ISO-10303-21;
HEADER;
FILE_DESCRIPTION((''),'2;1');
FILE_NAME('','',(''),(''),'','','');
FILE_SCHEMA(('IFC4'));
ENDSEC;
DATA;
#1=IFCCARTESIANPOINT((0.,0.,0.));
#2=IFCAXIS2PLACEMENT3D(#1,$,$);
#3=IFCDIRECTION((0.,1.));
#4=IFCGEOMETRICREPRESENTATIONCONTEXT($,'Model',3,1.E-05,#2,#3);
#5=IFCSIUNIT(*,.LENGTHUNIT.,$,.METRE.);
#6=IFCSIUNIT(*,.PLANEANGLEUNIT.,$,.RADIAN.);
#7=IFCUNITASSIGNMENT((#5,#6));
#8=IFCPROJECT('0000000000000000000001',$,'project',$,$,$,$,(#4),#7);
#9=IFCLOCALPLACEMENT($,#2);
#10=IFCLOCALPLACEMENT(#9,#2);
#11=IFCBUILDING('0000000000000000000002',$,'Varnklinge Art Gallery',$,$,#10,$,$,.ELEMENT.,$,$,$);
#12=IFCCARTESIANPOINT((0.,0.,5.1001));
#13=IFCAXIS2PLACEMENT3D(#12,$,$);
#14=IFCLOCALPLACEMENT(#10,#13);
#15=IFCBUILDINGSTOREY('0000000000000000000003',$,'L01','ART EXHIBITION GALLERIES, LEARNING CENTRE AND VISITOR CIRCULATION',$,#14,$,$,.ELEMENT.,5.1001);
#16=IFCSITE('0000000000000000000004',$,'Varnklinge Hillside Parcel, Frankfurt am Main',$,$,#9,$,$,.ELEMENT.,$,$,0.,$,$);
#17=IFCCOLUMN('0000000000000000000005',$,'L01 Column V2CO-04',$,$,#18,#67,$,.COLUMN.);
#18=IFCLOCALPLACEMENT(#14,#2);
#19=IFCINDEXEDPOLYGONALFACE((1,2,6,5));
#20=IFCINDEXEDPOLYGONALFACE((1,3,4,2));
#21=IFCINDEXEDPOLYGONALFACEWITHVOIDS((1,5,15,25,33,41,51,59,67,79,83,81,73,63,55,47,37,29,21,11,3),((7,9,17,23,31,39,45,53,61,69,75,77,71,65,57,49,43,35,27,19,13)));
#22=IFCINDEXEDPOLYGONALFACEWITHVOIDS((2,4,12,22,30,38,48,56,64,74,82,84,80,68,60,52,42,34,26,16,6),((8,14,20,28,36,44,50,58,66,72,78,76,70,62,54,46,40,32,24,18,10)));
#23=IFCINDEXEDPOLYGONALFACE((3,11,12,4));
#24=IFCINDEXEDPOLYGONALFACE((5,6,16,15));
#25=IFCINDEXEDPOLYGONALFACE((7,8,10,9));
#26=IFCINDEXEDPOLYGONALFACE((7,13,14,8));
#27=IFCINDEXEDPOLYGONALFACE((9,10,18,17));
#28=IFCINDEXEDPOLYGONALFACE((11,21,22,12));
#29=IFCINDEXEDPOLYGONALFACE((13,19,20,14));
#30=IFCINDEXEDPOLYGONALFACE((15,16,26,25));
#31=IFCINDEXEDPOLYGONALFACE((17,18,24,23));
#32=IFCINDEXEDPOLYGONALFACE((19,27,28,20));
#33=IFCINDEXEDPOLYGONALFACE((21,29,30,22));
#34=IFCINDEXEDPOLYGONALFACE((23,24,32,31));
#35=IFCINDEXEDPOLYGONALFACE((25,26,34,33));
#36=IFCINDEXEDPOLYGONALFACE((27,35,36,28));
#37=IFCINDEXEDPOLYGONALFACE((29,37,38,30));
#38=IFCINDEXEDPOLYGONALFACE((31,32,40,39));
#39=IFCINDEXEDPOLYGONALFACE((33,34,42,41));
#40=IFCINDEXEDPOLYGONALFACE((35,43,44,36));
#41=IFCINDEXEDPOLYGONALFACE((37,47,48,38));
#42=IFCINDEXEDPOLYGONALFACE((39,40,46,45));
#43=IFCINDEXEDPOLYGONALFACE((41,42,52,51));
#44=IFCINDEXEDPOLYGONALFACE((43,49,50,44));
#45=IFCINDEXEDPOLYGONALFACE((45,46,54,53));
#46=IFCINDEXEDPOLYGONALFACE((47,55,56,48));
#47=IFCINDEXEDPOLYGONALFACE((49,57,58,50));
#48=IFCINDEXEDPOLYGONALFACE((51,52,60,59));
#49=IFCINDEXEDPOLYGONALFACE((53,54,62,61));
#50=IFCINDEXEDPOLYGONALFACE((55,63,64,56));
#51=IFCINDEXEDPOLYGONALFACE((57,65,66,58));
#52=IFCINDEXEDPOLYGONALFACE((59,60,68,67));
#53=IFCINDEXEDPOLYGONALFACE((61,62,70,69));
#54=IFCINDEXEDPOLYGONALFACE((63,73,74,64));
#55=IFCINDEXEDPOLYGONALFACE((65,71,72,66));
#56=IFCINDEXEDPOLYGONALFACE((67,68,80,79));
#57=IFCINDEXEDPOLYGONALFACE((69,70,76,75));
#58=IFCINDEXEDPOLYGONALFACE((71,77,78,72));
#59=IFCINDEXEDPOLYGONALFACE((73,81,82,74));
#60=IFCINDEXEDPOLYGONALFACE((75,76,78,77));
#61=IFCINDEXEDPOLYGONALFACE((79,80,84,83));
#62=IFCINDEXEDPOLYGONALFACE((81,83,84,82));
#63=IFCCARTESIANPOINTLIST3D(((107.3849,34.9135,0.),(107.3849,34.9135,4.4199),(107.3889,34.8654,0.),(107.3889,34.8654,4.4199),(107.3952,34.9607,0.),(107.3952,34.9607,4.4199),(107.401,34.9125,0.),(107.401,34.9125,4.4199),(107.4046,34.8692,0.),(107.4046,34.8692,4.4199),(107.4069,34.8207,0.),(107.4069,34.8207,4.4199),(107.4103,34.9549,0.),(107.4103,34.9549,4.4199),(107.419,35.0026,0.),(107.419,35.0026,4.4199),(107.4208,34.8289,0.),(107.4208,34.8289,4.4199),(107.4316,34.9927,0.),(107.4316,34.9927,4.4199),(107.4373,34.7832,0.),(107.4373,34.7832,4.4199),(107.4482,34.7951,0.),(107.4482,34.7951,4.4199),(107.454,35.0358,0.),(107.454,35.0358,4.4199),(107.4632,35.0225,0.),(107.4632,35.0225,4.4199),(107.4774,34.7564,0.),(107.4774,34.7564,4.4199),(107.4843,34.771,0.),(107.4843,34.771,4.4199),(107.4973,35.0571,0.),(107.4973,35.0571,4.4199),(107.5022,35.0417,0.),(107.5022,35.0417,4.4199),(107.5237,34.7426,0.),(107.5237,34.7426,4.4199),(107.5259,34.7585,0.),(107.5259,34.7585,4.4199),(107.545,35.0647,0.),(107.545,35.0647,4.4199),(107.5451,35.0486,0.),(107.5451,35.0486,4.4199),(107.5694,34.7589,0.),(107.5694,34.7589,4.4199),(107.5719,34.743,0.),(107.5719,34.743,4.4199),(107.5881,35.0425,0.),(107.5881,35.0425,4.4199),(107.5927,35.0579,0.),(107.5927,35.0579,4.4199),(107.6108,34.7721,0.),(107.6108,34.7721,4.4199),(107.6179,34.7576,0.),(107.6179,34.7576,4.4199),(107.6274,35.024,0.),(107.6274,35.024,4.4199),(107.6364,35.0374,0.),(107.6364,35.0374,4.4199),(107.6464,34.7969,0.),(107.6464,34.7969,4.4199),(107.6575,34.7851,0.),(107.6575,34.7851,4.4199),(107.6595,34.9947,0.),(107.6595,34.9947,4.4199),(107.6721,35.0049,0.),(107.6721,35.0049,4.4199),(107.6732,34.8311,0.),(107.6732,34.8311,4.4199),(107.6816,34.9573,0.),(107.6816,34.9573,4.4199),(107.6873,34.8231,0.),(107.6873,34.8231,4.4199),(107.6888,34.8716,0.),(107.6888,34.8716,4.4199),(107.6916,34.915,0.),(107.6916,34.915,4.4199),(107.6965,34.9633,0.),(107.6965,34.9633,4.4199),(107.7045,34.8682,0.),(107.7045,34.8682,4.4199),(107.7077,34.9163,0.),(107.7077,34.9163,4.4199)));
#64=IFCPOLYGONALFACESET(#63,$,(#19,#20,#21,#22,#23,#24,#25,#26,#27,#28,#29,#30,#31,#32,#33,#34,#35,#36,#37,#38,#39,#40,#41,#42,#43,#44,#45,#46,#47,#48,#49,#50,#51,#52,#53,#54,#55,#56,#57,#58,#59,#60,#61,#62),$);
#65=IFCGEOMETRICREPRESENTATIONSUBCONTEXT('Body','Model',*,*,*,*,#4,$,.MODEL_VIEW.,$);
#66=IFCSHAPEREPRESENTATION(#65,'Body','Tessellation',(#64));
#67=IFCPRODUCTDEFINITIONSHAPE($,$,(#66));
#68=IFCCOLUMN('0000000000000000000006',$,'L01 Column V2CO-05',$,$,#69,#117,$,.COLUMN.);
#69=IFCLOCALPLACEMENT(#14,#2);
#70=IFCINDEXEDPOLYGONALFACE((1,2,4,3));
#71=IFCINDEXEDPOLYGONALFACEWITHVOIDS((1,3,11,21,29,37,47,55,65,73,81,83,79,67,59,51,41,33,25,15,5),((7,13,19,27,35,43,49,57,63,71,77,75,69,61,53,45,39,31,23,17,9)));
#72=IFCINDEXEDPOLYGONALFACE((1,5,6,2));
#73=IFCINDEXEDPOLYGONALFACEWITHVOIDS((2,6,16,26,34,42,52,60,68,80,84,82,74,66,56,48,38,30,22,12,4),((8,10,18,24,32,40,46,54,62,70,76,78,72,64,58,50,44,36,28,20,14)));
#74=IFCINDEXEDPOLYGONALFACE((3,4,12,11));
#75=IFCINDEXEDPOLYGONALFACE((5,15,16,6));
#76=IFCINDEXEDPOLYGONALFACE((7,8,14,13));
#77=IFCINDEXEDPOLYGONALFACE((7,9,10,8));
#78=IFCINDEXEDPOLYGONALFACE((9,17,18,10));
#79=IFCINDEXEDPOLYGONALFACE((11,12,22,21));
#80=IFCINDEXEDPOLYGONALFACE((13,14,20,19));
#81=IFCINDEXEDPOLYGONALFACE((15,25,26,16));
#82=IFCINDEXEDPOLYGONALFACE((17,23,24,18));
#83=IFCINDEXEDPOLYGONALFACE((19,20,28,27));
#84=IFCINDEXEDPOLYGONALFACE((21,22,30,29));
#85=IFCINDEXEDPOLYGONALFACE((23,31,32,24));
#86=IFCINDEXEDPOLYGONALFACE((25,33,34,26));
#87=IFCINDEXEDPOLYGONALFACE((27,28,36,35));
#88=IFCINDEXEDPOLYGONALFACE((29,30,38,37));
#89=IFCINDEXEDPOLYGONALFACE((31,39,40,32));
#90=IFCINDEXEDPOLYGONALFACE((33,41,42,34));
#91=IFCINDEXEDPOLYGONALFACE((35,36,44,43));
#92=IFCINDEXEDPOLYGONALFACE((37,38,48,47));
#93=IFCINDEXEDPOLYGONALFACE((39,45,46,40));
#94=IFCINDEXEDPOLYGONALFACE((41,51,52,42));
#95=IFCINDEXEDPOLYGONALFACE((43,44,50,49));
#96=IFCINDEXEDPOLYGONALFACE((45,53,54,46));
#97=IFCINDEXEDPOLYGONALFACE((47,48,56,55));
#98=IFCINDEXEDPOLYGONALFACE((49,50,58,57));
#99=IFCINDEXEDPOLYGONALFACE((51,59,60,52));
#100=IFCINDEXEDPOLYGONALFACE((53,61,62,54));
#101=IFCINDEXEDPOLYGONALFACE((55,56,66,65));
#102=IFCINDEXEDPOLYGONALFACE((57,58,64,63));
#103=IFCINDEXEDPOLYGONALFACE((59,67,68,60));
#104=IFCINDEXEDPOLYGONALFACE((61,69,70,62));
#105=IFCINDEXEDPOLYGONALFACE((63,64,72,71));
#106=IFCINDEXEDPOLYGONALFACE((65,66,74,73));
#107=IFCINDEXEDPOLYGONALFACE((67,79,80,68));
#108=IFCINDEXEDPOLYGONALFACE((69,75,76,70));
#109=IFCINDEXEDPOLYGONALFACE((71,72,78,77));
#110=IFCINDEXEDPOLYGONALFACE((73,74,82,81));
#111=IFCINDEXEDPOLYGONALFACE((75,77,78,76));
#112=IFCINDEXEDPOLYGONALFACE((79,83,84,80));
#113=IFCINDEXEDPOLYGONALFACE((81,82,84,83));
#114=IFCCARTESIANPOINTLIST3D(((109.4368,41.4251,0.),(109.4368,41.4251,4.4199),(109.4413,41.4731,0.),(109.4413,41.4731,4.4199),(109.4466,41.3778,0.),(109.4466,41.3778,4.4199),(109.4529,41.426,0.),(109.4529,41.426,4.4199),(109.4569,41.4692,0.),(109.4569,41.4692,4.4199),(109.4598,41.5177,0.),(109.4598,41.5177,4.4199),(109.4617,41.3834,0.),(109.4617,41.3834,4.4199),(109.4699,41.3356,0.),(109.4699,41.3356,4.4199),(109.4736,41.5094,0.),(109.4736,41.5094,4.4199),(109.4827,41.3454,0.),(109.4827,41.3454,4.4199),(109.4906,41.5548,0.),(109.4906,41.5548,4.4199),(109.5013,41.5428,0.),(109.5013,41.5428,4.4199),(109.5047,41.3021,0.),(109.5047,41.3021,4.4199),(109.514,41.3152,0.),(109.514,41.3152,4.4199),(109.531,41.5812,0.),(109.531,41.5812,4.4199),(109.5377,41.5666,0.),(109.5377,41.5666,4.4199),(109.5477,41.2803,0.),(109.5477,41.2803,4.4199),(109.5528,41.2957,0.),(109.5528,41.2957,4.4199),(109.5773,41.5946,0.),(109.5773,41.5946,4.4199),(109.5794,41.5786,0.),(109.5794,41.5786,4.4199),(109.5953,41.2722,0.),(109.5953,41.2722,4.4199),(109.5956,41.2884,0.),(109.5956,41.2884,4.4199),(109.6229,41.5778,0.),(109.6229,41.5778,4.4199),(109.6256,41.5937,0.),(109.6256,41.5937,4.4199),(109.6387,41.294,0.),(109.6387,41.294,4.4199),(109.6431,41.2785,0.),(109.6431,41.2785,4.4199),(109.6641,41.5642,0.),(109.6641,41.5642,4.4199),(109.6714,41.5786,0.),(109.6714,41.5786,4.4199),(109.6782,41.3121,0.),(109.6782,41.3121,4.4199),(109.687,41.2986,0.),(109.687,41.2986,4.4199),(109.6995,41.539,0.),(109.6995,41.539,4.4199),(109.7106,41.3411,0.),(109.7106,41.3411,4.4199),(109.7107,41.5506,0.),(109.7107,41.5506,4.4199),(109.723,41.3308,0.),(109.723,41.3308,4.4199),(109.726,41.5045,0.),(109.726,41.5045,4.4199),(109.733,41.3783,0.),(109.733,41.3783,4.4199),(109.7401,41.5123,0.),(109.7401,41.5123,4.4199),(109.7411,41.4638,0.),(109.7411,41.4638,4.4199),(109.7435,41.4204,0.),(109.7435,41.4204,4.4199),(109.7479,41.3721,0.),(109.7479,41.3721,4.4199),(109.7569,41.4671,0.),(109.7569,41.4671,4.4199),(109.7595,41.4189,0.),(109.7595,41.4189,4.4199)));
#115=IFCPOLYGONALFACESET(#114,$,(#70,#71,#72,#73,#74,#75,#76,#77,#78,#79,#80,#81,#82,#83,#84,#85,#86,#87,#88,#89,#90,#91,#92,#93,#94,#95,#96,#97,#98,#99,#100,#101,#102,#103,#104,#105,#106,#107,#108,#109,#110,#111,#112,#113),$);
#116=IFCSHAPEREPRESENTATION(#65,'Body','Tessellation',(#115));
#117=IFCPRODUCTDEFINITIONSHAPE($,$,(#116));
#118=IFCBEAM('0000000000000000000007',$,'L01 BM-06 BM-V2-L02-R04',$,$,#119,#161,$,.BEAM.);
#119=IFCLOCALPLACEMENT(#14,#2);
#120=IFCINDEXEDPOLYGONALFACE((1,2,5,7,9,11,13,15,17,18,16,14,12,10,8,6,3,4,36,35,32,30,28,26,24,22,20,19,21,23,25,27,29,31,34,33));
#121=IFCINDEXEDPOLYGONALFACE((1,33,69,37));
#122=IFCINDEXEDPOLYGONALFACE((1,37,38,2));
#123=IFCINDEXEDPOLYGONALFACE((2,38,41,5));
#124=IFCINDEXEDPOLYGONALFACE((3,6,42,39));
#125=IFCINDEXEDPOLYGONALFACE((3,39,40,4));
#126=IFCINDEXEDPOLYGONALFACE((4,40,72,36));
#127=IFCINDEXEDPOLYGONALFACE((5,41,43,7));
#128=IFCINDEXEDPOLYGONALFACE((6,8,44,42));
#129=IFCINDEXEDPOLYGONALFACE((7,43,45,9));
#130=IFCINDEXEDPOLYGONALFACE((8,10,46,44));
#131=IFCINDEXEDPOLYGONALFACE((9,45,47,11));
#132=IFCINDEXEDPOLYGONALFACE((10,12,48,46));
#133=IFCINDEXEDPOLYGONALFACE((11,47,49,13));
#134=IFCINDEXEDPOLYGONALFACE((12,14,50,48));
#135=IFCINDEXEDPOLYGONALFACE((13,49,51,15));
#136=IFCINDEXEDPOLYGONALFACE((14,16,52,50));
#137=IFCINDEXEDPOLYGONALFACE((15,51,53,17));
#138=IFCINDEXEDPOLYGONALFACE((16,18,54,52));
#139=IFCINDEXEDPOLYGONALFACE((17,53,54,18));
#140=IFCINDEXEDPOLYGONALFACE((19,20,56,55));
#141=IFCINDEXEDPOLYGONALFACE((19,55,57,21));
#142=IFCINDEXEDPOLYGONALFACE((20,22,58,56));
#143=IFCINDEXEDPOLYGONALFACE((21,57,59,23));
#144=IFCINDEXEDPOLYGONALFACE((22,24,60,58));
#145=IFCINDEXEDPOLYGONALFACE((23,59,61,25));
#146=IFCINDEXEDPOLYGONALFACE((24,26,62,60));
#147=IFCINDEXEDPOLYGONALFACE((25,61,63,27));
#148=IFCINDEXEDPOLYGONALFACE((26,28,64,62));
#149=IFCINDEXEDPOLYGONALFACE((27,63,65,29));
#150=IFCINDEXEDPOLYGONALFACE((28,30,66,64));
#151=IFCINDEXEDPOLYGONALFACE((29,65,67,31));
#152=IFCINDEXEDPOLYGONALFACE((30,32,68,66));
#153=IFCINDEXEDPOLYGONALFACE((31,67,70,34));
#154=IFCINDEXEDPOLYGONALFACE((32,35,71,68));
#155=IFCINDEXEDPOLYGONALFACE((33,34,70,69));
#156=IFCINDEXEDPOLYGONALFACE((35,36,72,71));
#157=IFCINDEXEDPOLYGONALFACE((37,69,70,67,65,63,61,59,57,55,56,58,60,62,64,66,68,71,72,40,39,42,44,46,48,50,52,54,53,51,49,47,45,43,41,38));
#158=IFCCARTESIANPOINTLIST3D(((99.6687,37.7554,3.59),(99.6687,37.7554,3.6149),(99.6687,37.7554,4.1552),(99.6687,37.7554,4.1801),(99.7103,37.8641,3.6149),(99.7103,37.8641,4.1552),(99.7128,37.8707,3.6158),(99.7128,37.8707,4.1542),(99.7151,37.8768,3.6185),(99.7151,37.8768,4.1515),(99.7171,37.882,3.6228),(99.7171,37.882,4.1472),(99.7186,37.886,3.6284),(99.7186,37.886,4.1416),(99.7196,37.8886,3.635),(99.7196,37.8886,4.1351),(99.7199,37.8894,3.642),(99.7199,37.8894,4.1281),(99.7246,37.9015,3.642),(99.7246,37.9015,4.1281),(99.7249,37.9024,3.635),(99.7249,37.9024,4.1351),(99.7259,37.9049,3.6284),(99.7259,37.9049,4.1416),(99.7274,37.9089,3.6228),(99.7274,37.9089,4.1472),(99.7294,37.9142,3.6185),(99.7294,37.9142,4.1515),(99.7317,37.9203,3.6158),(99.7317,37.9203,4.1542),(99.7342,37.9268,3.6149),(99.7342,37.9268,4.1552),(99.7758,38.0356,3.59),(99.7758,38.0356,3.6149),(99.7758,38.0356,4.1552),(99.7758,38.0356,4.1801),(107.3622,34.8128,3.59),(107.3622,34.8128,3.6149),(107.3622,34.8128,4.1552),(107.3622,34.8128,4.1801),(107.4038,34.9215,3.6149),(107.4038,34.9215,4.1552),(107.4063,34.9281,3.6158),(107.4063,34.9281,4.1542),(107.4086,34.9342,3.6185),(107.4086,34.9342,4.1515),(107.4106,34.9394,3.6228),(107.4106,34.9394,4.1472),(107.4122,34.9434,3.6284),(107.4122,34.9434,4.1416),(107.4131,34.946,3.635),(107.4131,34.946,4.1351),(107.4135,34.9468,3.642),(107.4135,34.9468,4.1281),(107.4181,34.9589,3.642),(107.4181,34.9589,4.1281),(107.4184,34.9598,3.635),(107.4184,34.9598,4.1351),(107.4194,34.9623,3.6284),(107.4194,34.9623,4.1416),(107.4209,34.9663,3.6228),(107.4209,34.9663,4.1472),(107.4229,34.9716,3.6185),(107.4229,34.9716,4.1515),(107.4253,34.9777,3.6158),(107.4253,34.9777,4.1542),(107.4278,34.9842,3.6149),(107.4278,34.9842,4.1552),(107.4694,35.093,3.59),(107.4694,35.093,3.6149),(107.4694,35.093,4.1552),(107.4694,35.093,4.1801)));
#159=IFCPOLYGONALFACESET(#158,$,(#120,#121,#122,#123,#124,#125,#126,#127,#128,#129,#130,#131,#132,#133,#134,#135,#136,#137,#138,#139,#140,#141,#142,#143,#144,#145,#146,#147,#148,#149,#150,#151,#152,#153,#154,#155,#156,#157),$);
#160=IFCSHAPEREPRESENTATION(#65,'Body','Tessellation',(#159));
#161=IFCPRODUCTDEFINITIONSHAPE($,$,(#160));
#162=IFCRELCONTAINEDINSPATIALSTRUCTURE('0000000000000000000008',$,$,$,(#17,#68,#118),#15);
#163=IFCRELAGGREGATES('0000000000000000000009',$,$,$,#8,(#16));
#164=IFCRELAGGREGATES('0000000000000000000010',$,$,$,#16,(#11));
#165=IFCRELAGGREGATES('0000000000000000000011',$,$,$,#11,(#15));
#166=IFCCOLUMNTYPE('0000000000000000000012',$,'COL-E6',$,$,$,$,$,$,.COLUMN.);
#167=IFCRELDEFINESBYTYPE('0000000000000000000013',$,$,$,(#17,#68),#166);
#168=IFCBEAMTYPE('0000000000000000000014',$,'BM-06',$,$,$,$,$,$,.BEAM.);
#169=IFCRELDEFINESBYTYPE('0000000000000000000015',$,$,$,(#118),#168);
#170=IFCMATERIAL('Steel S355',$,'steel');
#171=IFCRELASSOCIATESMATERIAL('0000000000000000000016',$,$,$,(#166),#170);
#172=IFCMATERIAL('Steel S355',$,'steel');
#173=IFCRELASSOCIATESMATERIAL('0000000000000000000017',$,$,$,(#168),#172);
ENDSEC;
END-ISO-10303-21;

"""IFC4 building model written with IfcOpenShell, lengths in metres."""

from ifc_helpers import new_model, si_unit, direction, frame, origin, origin_2d, place, context, subcontext, project, spatial, hollow_circle, i_section, extrude, material, material_profile, profile_set, type_object, element, save


model = new_model("IFC4")

# Units and contexts
model_context = context("Model", 3, precision=1e-05, world=origin(), true_north=direction((0.0, 1.0)))
body_context = subcontext(model_context, "Body", "Model", "MODEL_VIEW")
ifc_project = project(units=[si_unit("LENGTHUNIT", "METRE"), si_unit("PLANEANGLEUNIT", "RADIAN")], contexts=[model_context])

# Site, building, storey
site_placement = place(None, origin())
site = spatial("IfcSite", under=ifc_project, at=site_placement, Name="Varnklinge Hillside Parcel, Frankfurt am Main", CompositionType="ELEMENT", RefElevation=0.0)
building_placement = place(site_placement, origin())
building = spatial("IfcBuilding", under=site, at=building_placement, Name="Varnklinge Art Gallery", CompositionType="ELEMENT")
storey_placement = place(building_placement, frame((0.0, 0.0, 5.1001)))
storey = spatial("IfcBuildingStorey", under=building, at=storey_placement, Name="L01", Description="ART EXHIBITION GALLERIES, LEARNING CENTRE AND VISITOR CIRCULATION", CompositionType="ELEMENT", Elevation=5.1001)

# Columns
ifc_material_1 = material(Name="Steel S355", Category="steel")
ifc_material_profile_1 = material_profile(ifc_material_1, hollow_circle(Radius=0.1619, WallThickness=0.0161, at=origin_2d()), Name="CHS 323.9x16")
ifc_profile_set_1 = profile_set([ifc_material_profile_1], Name="Steel S355")
column_type = type_object("IfcColumnType", Name="COL-E6", PredefinedType="COLUMN", material=ifc_profile_set_1)
for number, where, z_axis, x_axis, name in (
    (1, (107.5464, 34.9028, 0.0), (0.0, 0.0, 1.0), (-0.934018, 0.357227, 0.0), "L01 Column V2CO-04"),
    (2, (109.5984, 41.4341, 0.0), (0.0, 0.0, 1.0), (-0.970506, 0.241075, 0.0), "L01 Column V2CO-05"),
):
    element("IfcColumn", number, at=place(storey_placement, frame(where, z_axis=z_axis, x_axis=x_axis)), inside=storey, type_object=column_type, Name=name, PredefinedType="COLUMN", context=body_context, shape_type="SweptSolid", body=[
        extrude(hollow_circle(Radius=0.1619, WallThickness=0.0161, at=origin_2d()), origin(), (0.0, 0.0, 1.0), 4.4199),
    ])

# Beam
ifc_material_2 = material(Name="Steel S355", Category="steel")
ifc_material_profile_2 = material_profile(ifc_material_2, i_section(OverallWidth=0.3, OverallDepth=0.5901, WebThickness=0.0129, FlangeThickness=0.0249, FilletRadius=0.0271, at=origin_2d()), Name="HEA 600")
ifc_profile_set_2 = profile_set([ifc_material_profile_2], Name="Steel S355")
beam_type_1 = type_object("IfcBeamType", Name="BM-06", PredefinedType="BEAM", material=ifc_profile_set_2)
beam_1_placement = place(storey_placement, frame((107.4158, 34.9529, 3.885), z_axis=(-0.934013, 0.357239, 0.0), x_axis=(-0.357239, -0.934013, 0.0)))
element("IfcBeam", 3, at=beam_1_placement, inside=storey, type_object=beam_type_1, Name="L01 BM-06 BM-V2-L02-R04", PredefinedType="BEAM", context=body_context, shape_type="SweptSolid", body=[
    extrude(i_section(OverallWidth=0.3, OverallDepth=0.5901, WebThickness=0.0129, FlangeThickness=0.0249, FilletRadius=0.0271, at=origin_2d()), origin(), (0.0, 0.0, 1.0), 8.2371),
])

save(model, "model.ifc")
